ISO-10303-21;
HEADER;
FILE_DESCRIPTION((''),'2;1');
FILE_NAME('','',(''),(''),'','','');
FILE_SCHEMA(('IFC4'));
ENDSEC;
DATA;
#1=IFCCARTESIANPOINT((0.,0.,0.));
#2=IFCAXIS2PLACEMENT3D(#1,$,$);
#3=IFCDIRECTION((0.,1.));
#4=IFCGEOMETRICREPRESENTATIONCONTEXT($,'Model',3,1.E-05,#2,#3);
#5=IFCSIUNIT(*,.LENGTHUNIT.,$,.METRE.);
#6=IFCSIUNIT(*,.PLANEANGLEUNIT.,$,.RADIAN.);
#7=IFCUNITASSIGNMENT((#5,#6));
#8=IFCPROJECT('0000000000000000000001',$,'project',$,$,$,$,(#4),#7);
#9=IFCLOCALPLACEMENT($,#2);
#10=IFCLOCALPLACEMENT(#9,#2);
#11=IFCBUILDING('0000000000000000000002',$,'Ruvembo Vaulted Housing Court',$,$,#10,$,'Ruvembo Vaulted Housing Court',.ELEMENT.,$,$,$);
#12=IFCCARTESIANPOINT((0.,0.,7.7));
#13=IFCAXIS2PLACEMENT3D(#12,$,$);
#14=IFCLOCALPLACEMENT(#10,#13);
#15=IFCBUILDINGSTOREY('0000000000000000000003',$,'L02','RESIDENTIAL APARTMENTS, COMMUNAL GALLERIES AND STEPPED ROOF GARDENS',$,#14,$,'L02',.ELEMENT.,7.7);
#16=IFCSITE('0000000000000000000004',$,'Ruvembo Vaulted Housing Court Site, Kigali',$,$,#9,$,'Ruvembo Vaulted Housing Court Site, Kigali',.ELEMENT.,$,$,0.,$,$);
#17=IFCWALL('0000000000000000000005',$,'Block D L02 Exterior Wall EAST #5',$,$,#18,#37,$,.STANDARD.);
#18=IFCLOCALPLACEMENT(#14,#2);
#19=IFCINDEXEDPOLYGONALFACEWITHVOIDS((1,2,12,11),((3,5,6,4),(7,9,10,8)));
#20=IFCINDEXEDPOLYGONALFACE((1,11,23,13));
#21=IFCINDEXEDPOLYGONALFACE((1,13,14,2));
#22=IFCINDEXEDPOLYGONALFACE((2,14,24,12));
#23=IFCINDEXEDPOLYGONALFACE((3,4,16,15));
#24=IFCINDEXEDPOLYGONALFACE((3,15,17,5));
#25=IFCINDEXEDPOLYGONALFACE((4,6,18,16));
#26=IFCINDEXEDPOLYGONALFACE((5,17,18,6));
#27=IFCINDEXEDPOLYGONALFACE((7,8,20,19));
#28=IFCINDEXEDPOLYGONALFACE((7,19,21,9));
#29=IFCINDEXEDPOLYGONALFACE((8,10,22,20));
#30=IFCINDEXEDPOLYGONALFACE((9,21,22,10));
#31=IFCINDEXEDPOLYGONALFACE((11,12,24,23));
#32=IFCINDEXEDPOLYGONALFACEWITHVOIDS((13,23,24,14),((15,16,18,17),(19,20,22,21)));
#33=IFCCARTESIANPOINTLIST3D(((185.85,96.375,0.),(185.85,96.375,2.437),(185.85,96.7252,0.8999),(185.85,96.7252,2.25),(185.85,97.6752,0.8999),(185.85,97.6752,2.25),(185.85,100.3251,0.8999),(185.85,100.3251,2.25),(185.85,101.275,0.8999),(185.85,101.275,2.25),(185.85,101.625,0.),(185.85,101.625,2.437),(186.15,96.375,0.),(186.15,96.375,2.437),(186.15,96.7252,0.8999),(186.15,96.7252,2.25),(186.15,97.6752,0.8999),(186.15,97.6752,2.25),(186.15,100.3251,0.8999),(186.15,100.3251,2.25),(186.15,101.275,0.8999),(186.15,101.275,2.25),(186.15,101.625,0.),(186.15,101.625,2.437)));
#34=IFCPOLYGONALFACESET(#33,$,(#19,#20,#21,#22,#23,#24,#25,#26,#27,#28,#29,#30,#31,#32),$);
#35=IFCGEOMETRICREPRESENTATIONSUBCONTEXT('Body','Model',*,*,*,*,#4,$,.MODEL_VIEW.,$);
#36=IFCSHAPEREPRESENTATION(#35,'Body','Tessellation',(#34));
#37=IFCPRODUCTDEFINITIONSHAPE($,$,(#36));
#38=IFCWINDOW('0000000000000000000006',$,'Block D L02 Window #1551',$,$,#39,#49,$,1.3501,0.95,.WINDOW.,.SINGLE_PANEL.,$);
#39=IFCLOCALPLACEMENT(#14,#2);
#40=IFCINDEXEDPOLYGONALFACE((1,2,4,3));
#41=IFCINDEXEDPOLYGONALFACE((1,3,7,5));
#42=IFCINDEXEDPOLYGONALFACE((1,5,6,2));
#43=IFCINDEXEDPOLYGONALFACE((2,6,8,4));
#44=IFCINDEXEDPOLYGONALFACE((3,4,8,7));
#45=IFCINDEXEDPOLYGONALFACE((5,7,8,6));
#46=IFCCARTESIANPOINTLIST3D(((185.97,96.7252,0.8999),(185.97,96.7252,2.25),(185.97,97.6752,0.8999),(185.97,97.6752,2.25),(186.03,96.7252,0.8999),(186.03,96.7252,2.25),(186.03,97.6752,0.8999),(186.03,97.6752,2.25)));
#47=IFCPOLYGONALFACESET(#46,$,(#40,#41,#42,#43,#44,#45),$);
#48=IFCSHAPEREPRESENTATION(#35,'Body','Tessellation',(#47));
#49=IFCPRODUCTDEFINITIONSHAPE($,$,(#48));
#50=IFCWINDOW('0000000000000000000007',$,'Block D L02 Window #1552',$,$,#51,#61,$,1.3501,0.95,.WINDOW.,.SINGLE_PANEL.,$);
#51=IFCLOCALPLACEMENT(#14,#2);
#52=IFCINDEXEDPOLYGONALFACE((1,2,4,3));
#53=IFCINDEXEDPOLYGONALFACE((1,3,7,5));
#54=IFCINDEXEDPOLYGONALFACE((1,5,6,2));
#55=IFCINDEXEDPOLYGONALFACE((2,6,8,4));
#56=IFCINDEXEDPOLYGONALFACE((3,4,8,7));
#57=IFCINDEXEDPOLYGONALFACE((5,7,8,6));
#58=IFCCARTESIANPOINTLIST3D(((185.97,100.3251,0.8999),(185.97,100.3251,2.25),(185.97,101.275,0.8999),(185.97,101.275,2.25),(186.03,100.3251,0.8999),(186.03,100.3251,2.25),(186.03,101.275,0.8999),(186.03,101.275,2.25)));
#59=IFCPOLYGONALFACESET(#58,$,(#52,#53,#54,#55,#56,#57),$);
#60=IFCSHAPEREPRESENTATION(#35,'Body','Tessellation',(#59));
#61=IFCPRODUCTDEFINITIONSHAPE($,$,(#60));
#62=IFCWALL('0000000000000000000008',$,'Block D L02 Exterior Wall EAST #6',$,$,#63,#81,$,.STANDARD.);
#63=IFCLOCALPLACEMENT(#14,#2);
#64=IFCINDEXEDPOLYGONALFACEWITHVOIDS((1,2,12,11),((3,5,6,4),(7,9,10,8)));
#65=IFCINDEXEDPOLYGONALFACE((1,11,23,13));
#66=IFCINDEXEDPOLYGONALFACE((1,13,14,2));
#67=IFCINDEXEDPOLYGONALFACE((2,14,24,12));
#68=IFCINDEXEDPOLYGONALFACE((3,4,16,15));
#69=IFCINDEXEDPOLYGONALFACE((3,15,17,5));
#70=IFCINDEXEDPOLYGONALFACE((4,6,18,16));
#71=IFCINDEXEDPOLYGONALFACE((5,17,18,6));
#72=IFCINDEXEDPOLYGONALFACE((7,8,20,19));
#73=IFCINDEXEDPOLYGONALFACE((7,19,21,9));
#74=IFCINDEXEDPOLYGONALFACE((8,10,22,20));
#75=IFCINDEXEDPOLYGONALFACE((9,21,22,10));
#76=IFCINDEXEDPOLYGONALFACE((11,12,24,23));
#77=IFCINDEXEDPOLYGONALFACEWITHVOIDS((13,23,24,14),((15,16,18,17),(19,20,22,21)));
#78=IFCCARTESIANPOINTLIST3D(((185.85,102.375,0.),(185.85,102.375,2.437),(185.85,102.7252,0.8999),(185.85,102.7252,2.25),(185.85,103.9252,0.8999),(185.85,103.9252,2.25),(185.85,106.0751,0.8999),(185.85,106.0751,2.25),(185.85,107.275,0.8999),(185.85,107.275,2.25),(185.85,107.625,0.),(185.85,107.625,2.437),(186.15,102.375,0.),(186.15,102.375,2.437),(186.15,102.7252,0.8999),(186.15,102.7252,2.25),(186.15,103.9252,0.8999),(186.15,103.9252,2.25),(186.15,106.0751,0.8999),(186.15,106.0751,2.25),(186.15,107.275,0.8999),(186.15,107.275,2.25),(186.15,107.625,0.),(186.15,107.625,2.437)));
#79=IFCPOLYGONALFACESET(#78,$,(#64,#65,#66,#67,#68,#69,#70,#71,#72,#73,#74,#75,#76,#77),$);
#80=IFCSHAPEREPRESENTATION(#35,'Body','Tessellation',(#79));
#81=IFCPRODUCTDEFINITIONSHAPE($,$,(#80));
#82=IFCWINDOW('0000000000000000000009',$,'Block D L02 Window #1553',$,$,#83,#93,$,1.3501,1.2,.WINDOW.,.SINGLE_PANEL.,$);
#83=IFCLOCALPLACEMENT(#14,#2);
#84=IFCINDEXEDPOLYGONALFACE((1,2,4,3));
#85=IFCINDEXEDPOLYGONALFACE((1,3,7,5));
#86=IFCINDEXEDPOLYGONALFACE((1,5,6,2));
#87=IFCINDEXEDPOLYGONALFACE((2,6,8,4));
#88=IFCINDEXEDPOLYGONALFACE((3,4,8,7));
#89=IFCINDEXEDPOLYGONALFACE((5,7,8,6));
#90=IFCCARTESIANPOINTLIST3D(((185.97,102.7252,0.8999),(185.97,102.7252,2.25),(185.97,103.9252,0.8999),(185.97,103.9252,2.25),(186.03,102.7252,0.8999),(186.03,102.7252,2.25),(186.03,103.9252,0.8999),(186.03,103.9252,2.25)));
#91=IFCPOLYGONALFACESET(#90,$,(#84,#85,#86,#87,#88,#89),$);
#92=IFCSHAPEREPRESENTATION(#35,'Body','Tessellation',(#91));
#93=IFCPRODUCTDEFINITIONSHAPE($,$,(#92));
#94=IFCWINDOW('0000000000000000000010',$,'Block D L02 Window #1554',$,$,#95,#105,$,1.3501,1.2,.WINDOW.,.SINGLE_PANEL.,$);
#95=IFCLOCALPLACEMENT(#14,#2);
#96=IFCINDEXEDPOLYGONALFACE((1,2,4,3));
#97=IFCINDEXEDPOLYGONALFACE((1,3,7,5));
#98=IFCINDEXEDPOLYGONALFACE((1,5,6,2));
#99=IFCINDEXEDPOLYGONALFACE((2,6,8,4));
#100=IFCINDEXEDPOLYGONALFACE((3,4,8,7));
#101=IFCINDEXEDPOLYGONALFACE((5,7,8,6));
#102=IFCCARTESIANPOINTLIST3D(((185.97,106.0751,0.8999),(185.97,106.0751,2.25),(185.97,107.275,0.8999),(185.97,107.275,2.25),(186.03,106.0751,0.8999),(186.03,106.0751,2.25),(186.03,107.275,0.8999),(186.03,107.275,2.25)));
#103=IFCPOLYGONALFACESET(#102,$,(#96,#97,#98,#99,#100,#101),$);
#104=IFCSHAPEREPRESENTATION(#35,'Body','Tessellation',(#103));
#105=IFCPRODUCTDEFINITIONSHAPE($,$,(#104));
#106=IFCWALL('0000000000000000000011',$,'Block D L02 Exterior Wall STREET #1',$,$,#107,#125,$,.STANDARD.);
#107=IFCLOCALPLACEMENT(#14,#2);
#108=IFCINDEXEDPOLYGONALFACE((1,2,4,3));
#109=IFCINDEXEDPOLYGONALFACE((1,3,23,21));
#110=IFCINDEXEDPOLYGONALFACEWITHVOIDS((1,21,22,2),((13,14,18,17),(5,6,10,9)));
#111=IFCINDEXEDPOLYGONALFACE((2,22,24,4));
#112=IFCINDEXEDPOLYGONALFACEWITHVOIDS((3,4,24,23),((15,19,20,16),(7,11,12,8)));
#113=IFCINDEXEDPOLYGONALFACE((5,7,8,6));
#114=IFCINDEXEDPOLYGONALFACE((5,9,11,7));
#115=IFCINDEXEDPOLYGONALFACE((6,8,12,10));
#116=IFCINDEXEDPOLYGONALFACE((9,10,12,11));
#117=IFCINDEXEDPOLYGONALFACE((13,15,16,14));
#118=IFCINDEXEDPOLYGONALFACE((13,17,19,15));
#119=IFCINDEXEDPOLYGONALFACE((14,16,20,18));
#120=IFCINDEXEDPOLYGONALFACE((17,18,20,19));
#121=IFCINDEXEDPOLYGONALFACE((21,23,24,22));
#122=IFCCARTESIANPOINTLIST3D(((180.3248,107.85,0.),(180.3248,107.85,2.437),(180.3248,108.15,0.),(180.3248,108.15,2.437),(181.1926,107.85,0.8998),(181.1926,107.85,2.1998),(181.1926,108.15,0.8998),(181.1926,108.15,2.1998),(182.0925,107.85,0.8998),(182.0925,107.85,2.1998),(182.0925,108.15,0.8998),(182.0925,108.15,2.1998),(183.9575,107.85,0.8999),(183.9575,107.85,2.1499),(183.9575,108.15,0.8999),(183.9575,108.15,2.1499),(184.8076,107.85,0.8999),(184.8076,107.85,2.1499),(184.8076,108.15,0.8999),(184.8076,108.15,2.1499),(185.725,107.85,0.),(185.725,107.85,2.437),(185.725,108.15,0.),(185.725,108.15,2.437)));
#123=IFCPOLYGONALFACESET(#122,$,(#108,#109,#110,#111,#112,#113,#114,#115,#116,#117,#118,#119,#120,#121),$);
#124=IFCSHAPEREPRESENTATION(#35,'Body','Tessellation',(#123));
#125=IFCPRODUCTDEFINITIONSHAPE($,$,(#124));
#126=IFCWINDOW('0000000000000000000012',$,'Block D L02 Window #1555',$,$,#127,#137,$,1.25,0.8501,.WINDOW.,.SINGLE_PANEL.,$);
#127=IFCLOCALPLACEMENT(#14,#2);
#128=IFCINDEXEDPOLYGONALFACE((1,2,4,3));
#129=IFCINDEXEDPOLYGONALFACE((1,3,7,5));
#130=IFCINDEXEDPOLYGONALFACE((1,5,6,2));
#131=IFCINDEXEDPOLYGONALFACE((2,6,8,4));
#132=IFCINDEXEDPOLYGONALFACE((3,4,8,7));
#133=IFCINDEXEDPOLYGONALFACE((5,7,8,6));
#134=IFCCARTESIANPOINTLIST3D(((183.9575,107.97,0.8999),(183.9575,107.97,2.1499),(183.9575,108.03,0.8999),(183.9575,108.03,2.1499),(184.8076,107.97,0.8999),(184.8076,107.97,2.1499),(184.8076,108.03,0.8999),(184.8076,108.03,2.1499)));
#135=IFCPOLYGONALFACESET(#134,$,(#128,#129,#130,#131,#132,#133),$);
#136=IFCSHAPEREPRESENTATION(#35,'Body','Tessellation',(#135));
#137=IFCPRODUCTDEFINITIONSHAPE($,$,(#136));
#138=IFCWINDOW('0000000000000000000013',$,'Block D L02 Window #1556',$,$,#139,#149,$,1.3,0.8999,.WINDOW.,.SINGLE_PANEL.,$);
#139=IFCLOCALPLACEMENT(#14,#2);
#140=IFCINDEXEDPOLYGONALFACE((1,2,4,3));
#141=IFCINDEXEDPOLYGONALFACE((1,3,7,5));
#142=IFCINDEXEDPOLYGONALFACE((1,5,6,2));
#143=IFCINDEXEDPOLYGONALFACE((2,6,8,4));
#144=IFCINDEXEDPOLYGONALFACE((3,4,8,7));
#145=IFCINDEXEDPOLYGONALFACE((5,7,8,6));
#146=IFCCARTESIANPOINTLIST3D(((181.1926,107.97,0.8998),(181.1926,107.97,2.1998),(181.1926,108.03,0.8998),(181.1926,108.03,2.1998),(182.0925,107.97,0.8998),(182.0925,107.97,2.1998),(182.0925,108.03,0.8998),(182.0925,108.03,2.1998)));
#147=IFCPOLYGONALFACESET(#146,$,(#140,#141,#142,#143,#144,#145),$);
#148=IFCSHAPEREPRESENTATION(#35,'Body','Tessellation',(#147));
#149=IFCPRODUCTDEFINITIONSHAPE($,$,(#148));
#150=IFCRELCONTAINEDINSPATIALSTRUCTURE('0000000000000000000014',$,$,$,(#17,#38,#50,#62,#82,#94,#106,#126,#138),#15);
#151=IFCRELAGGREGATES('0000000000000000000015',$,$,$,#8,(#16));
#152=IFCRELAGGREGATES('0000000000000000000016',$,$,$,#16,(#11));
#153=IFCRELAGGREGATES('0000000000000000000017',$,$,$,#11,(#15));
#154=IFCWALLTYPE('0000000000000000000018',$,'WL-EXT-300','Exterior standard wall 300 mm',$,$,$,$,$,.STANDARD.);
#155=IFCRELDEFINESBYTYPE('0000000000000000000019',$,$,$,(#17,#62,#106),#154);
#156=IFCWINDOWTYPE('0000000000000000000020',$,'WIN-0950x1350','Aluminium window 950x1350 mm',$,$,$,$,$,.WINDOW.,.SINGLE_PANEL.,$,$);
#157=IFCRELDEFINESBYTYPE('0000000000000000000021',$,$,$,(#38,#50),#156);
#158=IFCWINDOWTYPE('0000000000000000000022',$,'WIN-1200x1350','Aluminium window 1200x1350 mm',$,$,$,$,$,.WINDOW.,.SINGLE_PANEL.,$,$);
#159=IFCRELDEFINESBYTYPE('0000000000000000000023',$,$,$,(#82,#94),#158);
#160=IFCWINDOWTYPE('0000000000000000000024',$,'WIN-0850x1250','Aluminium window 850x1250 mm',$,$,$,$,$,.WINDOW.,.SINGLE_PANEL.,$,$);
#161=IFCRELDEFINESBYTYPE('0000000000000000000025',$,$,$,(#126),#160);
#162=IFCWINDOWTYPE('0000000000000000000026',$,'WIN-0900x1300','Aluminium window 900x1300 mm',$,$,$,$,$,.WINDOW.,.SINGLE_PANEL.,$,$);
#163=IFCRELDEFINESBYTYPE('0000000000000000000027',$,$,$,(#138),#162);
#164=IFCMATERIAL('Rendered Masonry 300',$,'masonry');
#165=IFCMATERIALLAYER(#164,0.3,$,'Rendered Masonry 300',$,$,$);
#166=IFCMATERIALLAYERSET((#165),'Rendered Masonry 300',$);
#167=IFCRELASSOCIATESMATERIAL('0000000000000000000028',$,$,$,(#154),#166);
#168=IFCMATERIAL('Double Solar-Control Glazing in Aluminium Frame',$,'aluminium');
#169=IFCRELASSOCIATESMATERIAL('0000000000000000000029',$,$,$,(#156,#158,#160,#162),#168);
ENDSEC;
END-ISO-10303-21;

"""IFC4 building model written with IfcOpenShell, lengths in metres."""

from ifc_helpers import new_model, si_unit, direction, frame, frame_2d, origin, place, context, subcontext, project, spatial, rectangle, extrude, material, layer, layer_set, type_object, element, fill, save


model = new_model("IFC4")

# Units and contexts
model_context = context("Model", 3, precision=1e-05, world=origin(), true_north=direction((0.0, 1.0)))
body_context = subcontext(model_context, "Body", "Model", "MODEL_VIEW")
ifc_project = project(units=[si_unit("LENGTHUNIT", "METRE"), si_unit("PLANEANGLEUNIT", "RADIAN")], contexts=[model_context])

# Site, building, storey
site_placement = place(None, origin())
site = spatial("IfcSite", under=ifc_project, at=site_placement, Name="Ruvembo Vaulted Housing Court Site, Kigali", LongName="Ruvembo Vaulted Housing Court Site, Kigali", CompositionType="ELEMENT", RefElevation=0.0)
building_placement = place(site_placement, origin())
building = spatial("IfcBuilding", under=site, at=building_placement, Name="Ruvembo Vaulted Housing Court", LongName="Ruvembo Vaulted Housing Court", CompositionType="ELEMENT")
storey_placement = place(building_placement, frame((0.0, 0.0, 7.7)))
storey = spatial("IfcBuildingStorey", under=building, at=storey_placement, Name="L02", Description="RESIDENTIAL APARTMENTS, COMMUNAL GALLERIES AND STEPPED ROOF GARDENS", LongName="L02", CompositionType="ELEMENT", Elevation=7.7)

# Walls, openings, windows
ifc_material_1 = material(Name="Rendered Masonry 300", Category="masonry")
ifc_layer_1 = layer(ifc_material_1, 0.3, Name="Rendered Masonry 300")
ifc_layer_set_1 = layer_set([ifc_layer_1], Name="Rendered Masonry 300")
wall_type_1 = type_object("IfcWallType", Name="WL-EXT-300", Description="Exterior standard wall 300 mm", PredefinedType="STANDARD", material=ifc_layer_set_1)
wall_1_placement = place(storey_placement, frame((186.0, 96.375, 0.0), z_axis=(0.0, 0.0, 1.0), x_axis=(0.0, 1.0, 0.0)))
wall_1 = element("IfcWall", 1, at=wall_1_placement, inside=storey, type_object=wall_type_1, Name="Block D L02 Exterior Wall EAST #5", PredefinedType="STANDARD", context=body_context, shape_type="SweptSolid", body=[
    extrude(rectangle(XDim=5.25, YDim=0.3, at=frame_2d((2.625, 0.0))), origin(), (0.0, 0.0, 1.0), 2.437),
])
opening_1_placement = place(wall_1_placement, frame((0.3501, 0.0, 0.8999)))
opening_1 = element("IfcOpeningElement", 2, at=opening_1_placement, cuts=wall_1, PredefinedType="OPENING", context=body_context, shape_type="SweptSolid", body=[
    extrude(rectangle(XDim=0.95, YDim=1.3501, at=frame_2d((0.4751, 0.675))), frame((0.0, 0.1599, 0.0), z_axis=(0.0, -1.0, 0.0), x_axis=(1.0, 0.0, 0.0)), (0.0, 0.0, 1.0), 0.3201),
])
opening_2_placement = place(wall_1_placement, frame((3.95, 0.0, 0.8999)))
opening_2 = element("IfcOpeningElement", 3, at=opening_2_placement, cuts=wall_1, PredefinedType="OPENING", context=body_context, shape_type="SweptSolid", body=[
    extrude(rectangle(XDim=0.95, YDim=1.3501, at=frame_2d((0.4751, 0.675))), frame((0.0, 0.1599, 0.0), z_axis=(0.0, -1.0, 0.0), x_axis=(1.0, 0.0, 0.0)), (0.0, 0.0, 1.0), 0.3201),
])
ifc_material_2 = material(Name="Double Solar-Control Glazing in Aluminium Frame", Category="aluminium")
window_type_1 = type_object("IfcWindowType", Name="WIN-0950x1350", Description="Aluminium window 950x1350 mm", PartitioningType="SINGLE_PANEL", PredefinedType="WINDOW", material=ifc_material_2)
window_1_placement = place(opening_1_placement, origin())
window_1 = element("IfcWindow", 4, at=window_1_placement, inside=storey, type_object=window_type_1, Name="Block D L02 Window #1551", OverallHeight=1.3501, OverallWidth=0.95, PartitioningType="SINGLE_PANEL", PredefinedType="WINDOW", context=body_context, shape_type="SweptSolid", body=[
    extrude(rectangle(XDim=0.95, YDim=1.3501, at=frame_2d((0.4751, 0.675))), frame((0.0, 0.03, 0.0), z_axis=(0.0, -1.0, 0.0), x_axis=(1.0, 0.0, 0.0)), (0.0, 0.0, 1.0), 0.0601),
])
fill(opening_1, window_1)
window_2_placement = place(opening_2_placement, origin())
window_2 = element("IfcWindow", 5, at=window_2_placement, inside=storey, type_object=window_type_1, Name="Block D L02 Window #1552", OverallHeight=1.3501, OverallWidth=0.95, PartitioningType="SINGLE_PANEL", PredefinedType="WINDOW", context=body_context, shape_type="SweptSolid", body=[
    extrude(rectangle(XDim=0.95, YDim=1.3501, at=frame_2d((0.4751, 0.675))), frame((0.0, 0.03, 0.0), z_axis=(0.0, -1.0, 0.0), x_axis=(1.0, 0.0, 0.0)), (0.0, 0.0, 1.0), 0.0601),
])
fill(opening_2, window_2)
wall_2_placement = place(storey_placement, frame((186.0, 102.375, 0.0), z_axis=(0.0, 0.0, 1.0), x_axis=(0.0, 1.0, 0.0)))
wall_2 = element("IfcWall", 6, at=wall_2_placement, inside=storey, type_object=wall_type_1, Name="Block D L02 Exterior Wall EAST #6", PredefinedType="STANDARD", context=body_context, shape_type="SweptSolid", body=[
    extrude(rectangle(XDim=5.25, YDim=0.3, at=frame_2d((2.625, 0.0))), origin(), (0.0, 0.0, 1.0), 2.437),
])
opening_3_placement = place(wall_2_placement, frame((0.3501, 0.0, 0.8999)))
opening_3 = element("IfcOpeningElement", 7, at=opening_3_placement, cuts=wall_2, PredefinedType="OPENING", context=body_context, shape_type="SweptSolid", body=[
    extrude(rectangle(XDim=1.2, YDim=1.3501, at=frame_2d((0.6001, 0.675))), frame((0.0, 0.1599, 0.0), z_axis=(0.0, -1.0, 0.0), x_axis=(1.0, 0.0, 0.0)), (0.0, 0.0, 1.0), 0.3201),
])
opening_4_placement = place(wall_2_placement, frame((3.7, 0.0, 0.8999)))
opening_4 = element("IfcOpeningElement", 8, at=opening_4_placement, cuts=wall_2, PredefinedType="OPENING", context=body_context, shape_type="SweptSolid", body=[
    extrude(rectangle(XDim=1.2, YDim=1.3501, at=frame_2d((0.6001, 0.675))), frame((0.0, 0.1599, 0.0), z_axis=(0.0, -1.0, 0.0), x_axis=(1.0, 0.0, 0.0)), (0.0, 0.0, 1.0), 0.3201),
])
window_type_2 = type_object("IfcWindowType", Name="WIN-1200x1350", Description="Aluminium window 1200x1350 mm", PartitioningType="SINGLE_PANEL", PredefinedType="WINDOW", material=ifc_material_2)
window_3_placement = place(opening_3_placement, origin())
window_3 = element("IfcWindow", 9, at=window_3_placement, inside=storey, type_object=window_type_2, Name="Block D L02 Window #1553", OverallHeight=1.3501, OverallWidth=1.2, PartitioningType="SINGLE_PANEL", PredefinedType="WINDOW", context=body_context, shape_type="SweptSolid", body=[
    extrude(rectangle(XDim=1.2, YDim=1.3501, at=frame_2d((0.6001, 0.675))), frame((0.0, 0.03, 0.0), z_axis=(0.0, -1.0, 0.0), x_axis=(1.0, 0.0, 0.0)), (0.0, 0.0, 1.0), 0.0601),
])
fill(opening_3, window_3)
window_4_placement = place(opening_4_placement, origin())
window_4 = element("IfcWindow", 10, at=window_4_placement, inside=storey, type_object=window_type_2, Name="Block D L02 Window #1554", OverallHeight=1.3501, OverallWidth=1.2, PartitioningType="SINGLE_PANEL", PredefinedType="WINDOW", context=body_context, shape_type="SweptSolid", body=[
    extrude(rectangle(XDim=1.2, YDim=1.3501, at=frame_2d((0.6001, 0.675))), frame((0.0, 0.03, 0.0), z_axis=(0.0, -1.0, 0.0), x_axis=(1.0, 0.0, 0.0)), (0.0, 0.0, 1.0), 0.0601),
])
fill(opening_4, window_4)
wall_3_placement = place(storey_placement, frame((185.7251, 108.0, 0.0), z_axis=(0.0, 0.0, 1.0), x_axis=(-1.0, 0.0, 0.0)))
wall_3 = element("IfcWall", 11, at=wall_3_placement, inside=storey, type_object=wall_type_1, Name="Block D L02 Exterior Wall STREET #1", PredefinedType="STANDARD", context=body_context, shape_type="SweptSolid", body=[
    extrude(rectangle(XDim=5.4001, YDim=0.3, at=frame_2d((2.7002, 0.0))), origin(), (0.0, 0.0, 1.0), 2.437),
])
opening_5_placement = place(wall_3_placement, frame((0.9175, 0.0, 0.8999)))
opening_5 = element("IfcOpeningElement", 12, at=opening_5_placement, cuts=wall_3, PredefinedType="OPENING", context=body_context, shape_type="SweptSolid", body=[
    extrude(rectangle(XDim=0.8501, YDim=1.25, at=frame_2d((0.425, 0.625))), frame((0.0, 0.1599, 0.0), z_axis=(0.0, -1.0, 0.0), x_axis=(1.0, 0.0, 0.0)), (0.0, 0.0, 1.0), 0.3201),
])
opening_6_placement = place(wall_3_placement, frame((3.6326, 0.0, 0.8999)))
opening_6 = element("IfcOpeningElement", 13, at=opening_6_placement, cuts=wall_3, PredefinedType="OPENING", context=body_context, shape_type="SweptSolid", body=[
    extrude(rectangle(XDim=0.8999, YDim=1.3, at=frame_2d((0.45, 0.6499))), frame((0.0, 0.1599, 0.0), z_axis=(0.0, -1.0, 0.0), x_axis=(1.0, 0.0, 0.0)), (0.0, 0.0, 1.0), 0.3201),
])
window_type_3 = type_object("IfcWindowType", Name="WIN-0850x1250", Description="Aluminium window 850x1250 mm", PartitioningType="SINGLE_PANEL", PredefinedType="WINDOW", material=ifc_material_2)
window_5_placement = place(opening_5_placement, origin())
window_5 = element("IfcWindow", 14, at=window_5_placement, inside=storey, type_object=window_type_3, Name="Block D L02 Window #1555", OverallHeight=1.25, OverallWidth=0.8501, PartitioningType="SINGLE_PANEL", PredefinedType="WINDOW", context=body_context, shape_type="SweptSolid", body=[
    extrude(rectangle(XDim=0.8501, YDim=1.25, at=frame_2d((0.425, 0.625))), frame((0.0, 0.03, 0.0), z_axis=(0.0, -1.0, 0.0), x_axis=(1.0, 0.0, 0.0)), (0.0, 0.0, 1.0), 0.0601),
])
fill(opening_5, window_5)
window_type_4 = type_object("IfcWindowType", Name="WIN-0900x1300", Description="Aluminium window 900x1300 mm", PartitioningType="SINGLE_PANEL", PredefinedType="WINDOW", material=ifc_material_2)
window_6_placement = place(opening_6_placement, origin())
window_6 = element("IfcWindow", 15, at=window_6_placement, inside=storey, type_object=window_type_4, Name="Block D L02 Window #1556", OverallHeight=1.3, OverallWidth=0.8999, PartitioningType="SINGLE_PANEL", PredefinedType="WINDOW", context=body_context, shape_type="SweptSolid", body=[
    extrude(rectangle(XDim=0.8999, YDim=1.3, at=frame_2d((0.45, 0.6499))), frame((0.0, 0.03, 0.0), z_axis=(0.0, -1.0, 0.0), x_axis=(1.0, 0.0, 0.0)), (0.0, 0.0, 1.0), 0.0601),
])
fill(opening_6, window_6)

save(model, "model.ifc")
